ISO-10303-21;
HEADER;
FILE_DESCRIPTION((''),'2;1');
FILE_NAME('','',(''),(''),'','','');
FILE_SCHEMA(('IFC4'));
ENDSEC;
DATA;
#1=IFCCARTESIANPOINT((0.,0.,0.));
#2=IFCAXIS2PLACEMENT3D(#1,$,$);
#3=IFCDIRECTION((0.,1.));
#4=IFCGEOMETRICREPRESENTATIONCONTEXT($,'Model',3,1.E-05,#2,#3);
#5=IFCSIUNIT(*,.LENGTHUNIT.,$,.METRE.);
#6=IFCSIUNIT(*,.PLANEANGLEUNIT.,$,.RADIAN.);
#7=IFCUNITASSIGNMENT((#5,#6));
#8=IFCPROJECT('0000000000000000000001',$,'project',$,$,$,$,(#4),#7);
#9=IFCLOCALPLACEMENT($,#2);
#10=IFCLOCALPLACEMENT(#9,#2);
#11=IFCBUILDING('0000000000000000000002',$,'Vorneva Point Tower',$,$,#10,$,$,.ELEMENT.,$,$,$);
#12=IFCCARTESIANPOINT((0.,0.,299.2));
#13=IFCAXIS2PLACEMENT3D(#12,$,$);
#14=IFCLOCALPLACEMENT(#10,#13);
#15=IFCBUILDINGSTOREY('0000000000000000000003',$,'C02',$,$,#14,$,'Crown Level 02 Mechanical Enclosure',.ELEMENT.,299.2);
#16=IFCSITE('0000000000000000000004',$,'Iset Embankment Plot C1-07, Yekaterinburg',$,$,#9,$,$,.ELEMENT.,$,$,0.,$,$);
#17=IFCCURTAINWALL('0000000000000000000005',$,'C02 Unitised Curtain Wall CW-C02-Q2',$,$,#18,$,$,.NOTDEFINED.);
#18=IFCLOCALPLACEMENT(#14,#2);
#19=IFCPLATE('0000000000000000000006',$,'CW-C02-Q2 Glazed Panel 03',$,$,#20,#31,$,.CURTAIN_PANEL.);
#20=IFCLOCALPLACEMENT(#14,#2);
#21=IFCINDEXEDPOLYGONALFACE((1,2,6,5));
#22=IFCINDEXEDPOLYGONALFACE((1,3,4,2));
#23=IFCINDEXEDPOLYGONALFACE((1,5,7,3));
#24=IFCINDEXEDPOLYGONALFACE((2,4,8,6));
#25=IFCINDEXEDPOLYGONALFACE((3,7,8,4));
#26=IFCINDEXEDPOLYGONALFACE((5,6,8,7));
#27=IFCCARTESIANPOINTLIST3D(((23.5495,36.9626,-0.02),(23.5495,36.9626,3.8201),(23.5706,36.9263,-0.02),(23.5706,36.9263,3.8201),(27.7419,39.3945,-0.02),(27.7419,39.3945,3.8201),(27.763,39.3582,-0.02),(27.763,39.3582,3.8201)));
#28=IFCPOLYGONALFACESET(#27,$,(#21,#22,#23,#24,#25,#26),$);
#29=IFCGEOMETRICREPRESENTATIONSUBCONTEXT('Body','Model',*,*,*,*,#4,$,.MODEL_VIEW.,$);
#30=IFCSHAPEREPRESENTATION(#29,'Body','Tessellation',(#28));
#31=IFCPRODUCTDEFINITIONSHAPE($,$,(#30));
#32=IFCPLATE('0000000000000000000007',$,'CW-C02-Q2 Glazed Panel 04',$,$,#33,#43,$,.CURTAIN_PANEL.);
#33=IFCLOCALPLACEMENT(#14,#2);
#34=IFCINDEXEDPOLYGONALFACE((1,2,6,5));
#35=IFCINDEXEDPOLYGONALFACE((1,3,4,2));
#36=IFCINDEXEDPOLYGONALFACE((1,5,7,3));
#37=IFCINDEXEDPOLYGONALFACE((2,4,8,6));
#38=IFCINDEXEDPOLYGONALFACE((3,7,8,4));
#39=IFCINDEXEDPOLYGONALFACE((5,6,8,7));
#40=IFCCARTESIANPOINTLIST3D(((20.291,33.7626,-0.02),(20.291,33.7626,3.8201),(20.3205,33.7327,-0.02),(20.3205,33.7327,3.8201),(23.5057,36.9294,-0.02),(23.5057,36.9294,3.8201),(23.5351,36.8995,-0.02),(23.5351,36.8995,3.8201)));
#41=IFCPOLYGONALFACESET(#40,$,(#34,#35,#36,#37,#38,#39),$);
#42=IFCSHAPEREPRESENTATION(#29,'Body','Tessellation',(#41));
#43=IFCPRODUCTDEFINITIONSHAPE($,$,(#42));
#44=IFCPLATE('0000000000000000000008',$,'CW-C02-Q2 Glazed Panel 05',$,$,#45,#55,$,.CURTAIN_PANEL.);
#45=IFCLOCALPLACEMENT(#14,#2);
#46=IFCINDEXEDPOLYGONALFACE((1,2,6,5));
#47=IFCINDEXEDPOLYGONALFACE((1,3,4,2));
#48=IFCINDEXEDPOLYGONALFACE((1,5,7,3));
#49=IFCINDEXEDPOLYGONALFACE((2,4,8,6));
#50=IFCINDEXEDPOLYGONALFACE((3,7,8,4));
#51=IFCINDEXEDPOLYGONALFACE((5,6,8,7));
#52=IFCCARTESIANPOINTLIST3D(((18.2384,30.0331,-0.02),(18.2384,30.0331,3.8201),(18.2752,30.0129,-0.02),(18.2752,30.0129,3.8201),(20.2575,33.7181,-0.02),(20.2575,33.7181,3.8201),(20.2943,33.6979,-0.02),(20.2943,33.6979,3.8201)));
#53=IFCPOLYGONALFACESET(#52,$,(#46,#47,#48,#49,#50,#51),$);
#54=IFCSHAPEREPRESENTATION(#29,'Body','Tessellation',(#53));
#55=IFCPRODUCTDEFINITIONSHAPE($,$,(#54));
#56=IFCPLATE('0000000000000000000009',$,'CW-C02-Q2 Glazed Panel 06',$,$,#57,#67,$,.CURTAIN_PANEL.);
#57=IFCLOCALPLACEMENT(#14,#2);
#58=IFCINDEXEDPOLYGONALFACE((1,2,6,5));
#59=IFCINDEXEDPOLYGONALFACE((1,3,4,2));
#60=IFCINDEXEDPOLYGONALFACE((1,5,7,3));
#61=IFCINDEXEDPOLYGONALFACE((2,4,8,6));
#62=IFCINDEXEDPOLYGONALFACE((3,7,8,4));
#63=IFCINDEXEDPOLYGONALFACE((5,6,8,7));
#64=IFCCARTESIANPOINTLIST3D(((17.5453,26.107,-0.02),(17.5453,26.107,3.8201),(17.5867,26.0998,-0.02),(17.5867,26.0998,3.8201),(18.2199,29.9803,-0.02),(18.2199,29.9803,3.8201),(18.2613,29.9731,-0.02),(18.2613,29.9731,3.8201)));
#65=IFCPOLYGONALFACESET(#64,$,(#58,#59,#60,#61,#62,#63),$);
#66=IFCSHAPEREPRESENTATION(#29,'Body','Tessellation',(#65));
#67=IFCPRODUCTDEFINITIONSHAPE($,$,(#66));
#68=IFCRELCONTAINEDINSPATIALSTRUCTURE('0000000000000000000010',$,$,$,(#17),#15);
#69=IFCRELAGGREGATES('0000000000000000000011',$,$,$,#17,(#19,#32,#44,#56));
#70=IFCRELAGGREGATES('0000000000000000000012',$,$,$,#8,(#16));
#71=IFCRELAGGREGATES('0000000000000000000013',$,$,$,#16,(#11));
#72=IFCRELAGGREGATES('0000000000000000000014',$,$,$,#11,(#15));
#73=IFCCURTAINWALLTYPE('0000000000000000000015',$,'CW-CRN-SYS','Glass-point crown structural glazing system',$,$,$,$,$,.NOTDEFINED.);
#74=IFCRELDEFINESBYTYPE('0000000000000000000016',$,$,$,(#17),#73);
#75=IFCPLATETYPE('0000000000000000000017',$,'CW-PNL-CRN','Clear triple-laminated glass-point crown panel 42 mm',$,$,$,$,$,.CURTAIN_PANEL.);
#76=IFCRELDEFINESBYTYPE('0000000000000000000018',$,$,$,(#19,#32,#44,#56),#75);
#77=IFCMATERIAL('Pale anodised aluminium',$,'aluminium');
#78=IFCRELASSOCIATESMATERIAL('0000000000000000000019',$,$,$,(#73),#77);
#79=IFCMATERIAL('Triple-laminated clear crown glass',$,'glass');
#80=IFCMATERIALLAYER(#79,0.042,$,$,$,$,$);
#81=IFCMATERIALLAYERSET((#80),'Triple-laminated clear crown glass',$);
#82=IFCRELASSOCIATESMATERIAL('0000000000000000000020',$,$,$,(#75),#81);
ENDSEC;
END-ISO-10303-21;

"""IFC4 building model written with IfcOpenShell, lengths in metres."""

from ifc_helpers import new_model, si_unit, direction, frame, origin, origin_2d, place, context, subcontext, project, spatial, rectangle, extrude, material, layer, layer_set, type_object, element, aggregate, save


model = new_model("IFC4")

# Units and contexts
model_context = context("Model", 3, precision=1e-05, world=origin(), true_north=direction((0.0, 1.0)))
body_context = subcontext(model_context, "Body", "Model", "MODEL_VIEW")
ifc_project = project(units=[si_unit("LENGTHUNIT", "METRE"), si_unit("PLANEANGLEUNIT", "RADIAN")], contexts=[model_context])

# Site, building, storey
site_placement = place(None, origin())
site = spatial("IfcSite", under=ifc_project, at=site_placement, Name="Iset Embankment Plot C1-07, Yekaterinburg", CompositionType="ELEMENT", RefElevation=0.0)
building_placement = place(site_placement, origin())
building = spatial("IfcBuilding", under=site, at=building_placement, Name="Vorneva Point Tower", CompositionType="ELEMENT")
storey_placement = place(building_placement, frame((0.0, 0.0, 299.2)))
storey = spatial("IfcBuildingStorey", under=building, at=storey_placement, Name="C02", LongName="Crown Level 02 Mechanical Enclosure", CompositionType="ELEMENT", Elevation=299.2)

# Curtain wall
ifc_material_1 = material(Name="Pale anodised aluminium", Category="aluminium")
curtain_wall_type = type_object("IfcCurtainWallType", Name="CW-CRN-SYS", Description="Glass-point crown structural glazing system", PredefinedType="NOTDEFINED", material=ifc_material_1)
curtain_wall_placement = place(storey_placement, origin())
curtain_wall = element("IfcCurtainWall", 1, at=curtain_wall_placement, inside=storey, type_object=curtain_wall_type, Name="C02 Unitised Curtain Wall CW-C02-Q2", PredefinedType="NOTDEFINED")

# Plates
ifc_material_2 = material(Name="Triple-laminated clear crown glass", Category="glass")
ifc_layer = layer(ifc_material_2, 0.042)
ifc_layer_set = layer_set([ifc_layer], Name="Triple-laminated clear crown glass")
plate_type = type_object("IfcPlateType", Name="CW-PNL-CRN", Description="Clear triple-laminated glass-point crown panel 42 mm", PredefinedType="CURTAIN_PANEL", material=ifc_layer_set)
plate_1_placement = place(storey_placement, frame((25.6562, 38.1604, -0.02), z_axis=(0.0, 0.0, 1.0), x_axis=(-0.865011, -0.501752, 0.0)))
plate_1 = element("IfcPlate", 2, at=plate_1_placement, type_object=plate_type, Name="CW-C02-Q2 Glazed Panel 03", PredefinedType="CURTAIN_PANEL", context=body_context, shape_type="SweptSolid", body=[
    extrude(rectangle(XDim=4.8467, YDim=0.042, at=origin_2d()), origin(), (0.0, 0.0, 1.0), 3.8401),
])
plate_2_placement = place(storey_placement, frame((21.9131, 35.3311, -0.02), z_axis=(0.0, 0.0, 1.0), x_axis=(-0.712394, -0.70178, 0.0)))
plate_2 = element("IfcPlate", 3, at=plate_2_placement, type_object=plate_type, Name="CW-C02-Q2 Glazed Panel 04", PredefinedType="CURTAIN_PANEL", context=body_context, shape_type="SweptSolid", body=[
    extrude(rectangle(XDim=4.5125, YDim=0.042, at=origin_2d()), origin(), (0.0, 0.0, 1.0), 3.8401),
])
plate_3_placement = place(storey_placement, frame((19.2664, 31.8655, -0.02), z_axis=(0.0, 0.0, 1.0), x_axis=(-0.48053, -0.876978, 0.0)))
plate_3 = element("IfcPlate", 4, at=plate_3_placement, type_object=plate_type, Name="CW-C02-Q2 Glazed Panel 05", PredefinedType="CURTAIN_PANEL", context=body_context, shape_type="SweptSolid", body=[
    extrude(rectangle(XDim=4.2019, YDim=0.042, at=origin_2d()), origin(), (0.0, 0.0, 1.0), 3.8401),
])
plate_4_placement = place(storey_placement, frame((17.9033, 28.04, -0.02), z_axis=(0.0, 0.0, 1.0), x_axis=(-0.171585, -0.985169, 0.0)))
plate_4 = element("IfcPlate", 5, at=plate_4_placement, type_object=plate_type, Name="CW-C02-Q2 Glazed Panel 06", PredefinedType="CURTAIN_PANEL", context=body_context, shape_type="SweptSolid", body=[
    extrude(rectangle(XDim=3.9316, YDim=0.042, at=origin_2d()), origin(), (0.0, 0.0, 1.0), 3.8401),
])
aggregate(curtain_wall, [plate_1, plate_2, plate_3, plate_4])

save(model, "model.ifc")
